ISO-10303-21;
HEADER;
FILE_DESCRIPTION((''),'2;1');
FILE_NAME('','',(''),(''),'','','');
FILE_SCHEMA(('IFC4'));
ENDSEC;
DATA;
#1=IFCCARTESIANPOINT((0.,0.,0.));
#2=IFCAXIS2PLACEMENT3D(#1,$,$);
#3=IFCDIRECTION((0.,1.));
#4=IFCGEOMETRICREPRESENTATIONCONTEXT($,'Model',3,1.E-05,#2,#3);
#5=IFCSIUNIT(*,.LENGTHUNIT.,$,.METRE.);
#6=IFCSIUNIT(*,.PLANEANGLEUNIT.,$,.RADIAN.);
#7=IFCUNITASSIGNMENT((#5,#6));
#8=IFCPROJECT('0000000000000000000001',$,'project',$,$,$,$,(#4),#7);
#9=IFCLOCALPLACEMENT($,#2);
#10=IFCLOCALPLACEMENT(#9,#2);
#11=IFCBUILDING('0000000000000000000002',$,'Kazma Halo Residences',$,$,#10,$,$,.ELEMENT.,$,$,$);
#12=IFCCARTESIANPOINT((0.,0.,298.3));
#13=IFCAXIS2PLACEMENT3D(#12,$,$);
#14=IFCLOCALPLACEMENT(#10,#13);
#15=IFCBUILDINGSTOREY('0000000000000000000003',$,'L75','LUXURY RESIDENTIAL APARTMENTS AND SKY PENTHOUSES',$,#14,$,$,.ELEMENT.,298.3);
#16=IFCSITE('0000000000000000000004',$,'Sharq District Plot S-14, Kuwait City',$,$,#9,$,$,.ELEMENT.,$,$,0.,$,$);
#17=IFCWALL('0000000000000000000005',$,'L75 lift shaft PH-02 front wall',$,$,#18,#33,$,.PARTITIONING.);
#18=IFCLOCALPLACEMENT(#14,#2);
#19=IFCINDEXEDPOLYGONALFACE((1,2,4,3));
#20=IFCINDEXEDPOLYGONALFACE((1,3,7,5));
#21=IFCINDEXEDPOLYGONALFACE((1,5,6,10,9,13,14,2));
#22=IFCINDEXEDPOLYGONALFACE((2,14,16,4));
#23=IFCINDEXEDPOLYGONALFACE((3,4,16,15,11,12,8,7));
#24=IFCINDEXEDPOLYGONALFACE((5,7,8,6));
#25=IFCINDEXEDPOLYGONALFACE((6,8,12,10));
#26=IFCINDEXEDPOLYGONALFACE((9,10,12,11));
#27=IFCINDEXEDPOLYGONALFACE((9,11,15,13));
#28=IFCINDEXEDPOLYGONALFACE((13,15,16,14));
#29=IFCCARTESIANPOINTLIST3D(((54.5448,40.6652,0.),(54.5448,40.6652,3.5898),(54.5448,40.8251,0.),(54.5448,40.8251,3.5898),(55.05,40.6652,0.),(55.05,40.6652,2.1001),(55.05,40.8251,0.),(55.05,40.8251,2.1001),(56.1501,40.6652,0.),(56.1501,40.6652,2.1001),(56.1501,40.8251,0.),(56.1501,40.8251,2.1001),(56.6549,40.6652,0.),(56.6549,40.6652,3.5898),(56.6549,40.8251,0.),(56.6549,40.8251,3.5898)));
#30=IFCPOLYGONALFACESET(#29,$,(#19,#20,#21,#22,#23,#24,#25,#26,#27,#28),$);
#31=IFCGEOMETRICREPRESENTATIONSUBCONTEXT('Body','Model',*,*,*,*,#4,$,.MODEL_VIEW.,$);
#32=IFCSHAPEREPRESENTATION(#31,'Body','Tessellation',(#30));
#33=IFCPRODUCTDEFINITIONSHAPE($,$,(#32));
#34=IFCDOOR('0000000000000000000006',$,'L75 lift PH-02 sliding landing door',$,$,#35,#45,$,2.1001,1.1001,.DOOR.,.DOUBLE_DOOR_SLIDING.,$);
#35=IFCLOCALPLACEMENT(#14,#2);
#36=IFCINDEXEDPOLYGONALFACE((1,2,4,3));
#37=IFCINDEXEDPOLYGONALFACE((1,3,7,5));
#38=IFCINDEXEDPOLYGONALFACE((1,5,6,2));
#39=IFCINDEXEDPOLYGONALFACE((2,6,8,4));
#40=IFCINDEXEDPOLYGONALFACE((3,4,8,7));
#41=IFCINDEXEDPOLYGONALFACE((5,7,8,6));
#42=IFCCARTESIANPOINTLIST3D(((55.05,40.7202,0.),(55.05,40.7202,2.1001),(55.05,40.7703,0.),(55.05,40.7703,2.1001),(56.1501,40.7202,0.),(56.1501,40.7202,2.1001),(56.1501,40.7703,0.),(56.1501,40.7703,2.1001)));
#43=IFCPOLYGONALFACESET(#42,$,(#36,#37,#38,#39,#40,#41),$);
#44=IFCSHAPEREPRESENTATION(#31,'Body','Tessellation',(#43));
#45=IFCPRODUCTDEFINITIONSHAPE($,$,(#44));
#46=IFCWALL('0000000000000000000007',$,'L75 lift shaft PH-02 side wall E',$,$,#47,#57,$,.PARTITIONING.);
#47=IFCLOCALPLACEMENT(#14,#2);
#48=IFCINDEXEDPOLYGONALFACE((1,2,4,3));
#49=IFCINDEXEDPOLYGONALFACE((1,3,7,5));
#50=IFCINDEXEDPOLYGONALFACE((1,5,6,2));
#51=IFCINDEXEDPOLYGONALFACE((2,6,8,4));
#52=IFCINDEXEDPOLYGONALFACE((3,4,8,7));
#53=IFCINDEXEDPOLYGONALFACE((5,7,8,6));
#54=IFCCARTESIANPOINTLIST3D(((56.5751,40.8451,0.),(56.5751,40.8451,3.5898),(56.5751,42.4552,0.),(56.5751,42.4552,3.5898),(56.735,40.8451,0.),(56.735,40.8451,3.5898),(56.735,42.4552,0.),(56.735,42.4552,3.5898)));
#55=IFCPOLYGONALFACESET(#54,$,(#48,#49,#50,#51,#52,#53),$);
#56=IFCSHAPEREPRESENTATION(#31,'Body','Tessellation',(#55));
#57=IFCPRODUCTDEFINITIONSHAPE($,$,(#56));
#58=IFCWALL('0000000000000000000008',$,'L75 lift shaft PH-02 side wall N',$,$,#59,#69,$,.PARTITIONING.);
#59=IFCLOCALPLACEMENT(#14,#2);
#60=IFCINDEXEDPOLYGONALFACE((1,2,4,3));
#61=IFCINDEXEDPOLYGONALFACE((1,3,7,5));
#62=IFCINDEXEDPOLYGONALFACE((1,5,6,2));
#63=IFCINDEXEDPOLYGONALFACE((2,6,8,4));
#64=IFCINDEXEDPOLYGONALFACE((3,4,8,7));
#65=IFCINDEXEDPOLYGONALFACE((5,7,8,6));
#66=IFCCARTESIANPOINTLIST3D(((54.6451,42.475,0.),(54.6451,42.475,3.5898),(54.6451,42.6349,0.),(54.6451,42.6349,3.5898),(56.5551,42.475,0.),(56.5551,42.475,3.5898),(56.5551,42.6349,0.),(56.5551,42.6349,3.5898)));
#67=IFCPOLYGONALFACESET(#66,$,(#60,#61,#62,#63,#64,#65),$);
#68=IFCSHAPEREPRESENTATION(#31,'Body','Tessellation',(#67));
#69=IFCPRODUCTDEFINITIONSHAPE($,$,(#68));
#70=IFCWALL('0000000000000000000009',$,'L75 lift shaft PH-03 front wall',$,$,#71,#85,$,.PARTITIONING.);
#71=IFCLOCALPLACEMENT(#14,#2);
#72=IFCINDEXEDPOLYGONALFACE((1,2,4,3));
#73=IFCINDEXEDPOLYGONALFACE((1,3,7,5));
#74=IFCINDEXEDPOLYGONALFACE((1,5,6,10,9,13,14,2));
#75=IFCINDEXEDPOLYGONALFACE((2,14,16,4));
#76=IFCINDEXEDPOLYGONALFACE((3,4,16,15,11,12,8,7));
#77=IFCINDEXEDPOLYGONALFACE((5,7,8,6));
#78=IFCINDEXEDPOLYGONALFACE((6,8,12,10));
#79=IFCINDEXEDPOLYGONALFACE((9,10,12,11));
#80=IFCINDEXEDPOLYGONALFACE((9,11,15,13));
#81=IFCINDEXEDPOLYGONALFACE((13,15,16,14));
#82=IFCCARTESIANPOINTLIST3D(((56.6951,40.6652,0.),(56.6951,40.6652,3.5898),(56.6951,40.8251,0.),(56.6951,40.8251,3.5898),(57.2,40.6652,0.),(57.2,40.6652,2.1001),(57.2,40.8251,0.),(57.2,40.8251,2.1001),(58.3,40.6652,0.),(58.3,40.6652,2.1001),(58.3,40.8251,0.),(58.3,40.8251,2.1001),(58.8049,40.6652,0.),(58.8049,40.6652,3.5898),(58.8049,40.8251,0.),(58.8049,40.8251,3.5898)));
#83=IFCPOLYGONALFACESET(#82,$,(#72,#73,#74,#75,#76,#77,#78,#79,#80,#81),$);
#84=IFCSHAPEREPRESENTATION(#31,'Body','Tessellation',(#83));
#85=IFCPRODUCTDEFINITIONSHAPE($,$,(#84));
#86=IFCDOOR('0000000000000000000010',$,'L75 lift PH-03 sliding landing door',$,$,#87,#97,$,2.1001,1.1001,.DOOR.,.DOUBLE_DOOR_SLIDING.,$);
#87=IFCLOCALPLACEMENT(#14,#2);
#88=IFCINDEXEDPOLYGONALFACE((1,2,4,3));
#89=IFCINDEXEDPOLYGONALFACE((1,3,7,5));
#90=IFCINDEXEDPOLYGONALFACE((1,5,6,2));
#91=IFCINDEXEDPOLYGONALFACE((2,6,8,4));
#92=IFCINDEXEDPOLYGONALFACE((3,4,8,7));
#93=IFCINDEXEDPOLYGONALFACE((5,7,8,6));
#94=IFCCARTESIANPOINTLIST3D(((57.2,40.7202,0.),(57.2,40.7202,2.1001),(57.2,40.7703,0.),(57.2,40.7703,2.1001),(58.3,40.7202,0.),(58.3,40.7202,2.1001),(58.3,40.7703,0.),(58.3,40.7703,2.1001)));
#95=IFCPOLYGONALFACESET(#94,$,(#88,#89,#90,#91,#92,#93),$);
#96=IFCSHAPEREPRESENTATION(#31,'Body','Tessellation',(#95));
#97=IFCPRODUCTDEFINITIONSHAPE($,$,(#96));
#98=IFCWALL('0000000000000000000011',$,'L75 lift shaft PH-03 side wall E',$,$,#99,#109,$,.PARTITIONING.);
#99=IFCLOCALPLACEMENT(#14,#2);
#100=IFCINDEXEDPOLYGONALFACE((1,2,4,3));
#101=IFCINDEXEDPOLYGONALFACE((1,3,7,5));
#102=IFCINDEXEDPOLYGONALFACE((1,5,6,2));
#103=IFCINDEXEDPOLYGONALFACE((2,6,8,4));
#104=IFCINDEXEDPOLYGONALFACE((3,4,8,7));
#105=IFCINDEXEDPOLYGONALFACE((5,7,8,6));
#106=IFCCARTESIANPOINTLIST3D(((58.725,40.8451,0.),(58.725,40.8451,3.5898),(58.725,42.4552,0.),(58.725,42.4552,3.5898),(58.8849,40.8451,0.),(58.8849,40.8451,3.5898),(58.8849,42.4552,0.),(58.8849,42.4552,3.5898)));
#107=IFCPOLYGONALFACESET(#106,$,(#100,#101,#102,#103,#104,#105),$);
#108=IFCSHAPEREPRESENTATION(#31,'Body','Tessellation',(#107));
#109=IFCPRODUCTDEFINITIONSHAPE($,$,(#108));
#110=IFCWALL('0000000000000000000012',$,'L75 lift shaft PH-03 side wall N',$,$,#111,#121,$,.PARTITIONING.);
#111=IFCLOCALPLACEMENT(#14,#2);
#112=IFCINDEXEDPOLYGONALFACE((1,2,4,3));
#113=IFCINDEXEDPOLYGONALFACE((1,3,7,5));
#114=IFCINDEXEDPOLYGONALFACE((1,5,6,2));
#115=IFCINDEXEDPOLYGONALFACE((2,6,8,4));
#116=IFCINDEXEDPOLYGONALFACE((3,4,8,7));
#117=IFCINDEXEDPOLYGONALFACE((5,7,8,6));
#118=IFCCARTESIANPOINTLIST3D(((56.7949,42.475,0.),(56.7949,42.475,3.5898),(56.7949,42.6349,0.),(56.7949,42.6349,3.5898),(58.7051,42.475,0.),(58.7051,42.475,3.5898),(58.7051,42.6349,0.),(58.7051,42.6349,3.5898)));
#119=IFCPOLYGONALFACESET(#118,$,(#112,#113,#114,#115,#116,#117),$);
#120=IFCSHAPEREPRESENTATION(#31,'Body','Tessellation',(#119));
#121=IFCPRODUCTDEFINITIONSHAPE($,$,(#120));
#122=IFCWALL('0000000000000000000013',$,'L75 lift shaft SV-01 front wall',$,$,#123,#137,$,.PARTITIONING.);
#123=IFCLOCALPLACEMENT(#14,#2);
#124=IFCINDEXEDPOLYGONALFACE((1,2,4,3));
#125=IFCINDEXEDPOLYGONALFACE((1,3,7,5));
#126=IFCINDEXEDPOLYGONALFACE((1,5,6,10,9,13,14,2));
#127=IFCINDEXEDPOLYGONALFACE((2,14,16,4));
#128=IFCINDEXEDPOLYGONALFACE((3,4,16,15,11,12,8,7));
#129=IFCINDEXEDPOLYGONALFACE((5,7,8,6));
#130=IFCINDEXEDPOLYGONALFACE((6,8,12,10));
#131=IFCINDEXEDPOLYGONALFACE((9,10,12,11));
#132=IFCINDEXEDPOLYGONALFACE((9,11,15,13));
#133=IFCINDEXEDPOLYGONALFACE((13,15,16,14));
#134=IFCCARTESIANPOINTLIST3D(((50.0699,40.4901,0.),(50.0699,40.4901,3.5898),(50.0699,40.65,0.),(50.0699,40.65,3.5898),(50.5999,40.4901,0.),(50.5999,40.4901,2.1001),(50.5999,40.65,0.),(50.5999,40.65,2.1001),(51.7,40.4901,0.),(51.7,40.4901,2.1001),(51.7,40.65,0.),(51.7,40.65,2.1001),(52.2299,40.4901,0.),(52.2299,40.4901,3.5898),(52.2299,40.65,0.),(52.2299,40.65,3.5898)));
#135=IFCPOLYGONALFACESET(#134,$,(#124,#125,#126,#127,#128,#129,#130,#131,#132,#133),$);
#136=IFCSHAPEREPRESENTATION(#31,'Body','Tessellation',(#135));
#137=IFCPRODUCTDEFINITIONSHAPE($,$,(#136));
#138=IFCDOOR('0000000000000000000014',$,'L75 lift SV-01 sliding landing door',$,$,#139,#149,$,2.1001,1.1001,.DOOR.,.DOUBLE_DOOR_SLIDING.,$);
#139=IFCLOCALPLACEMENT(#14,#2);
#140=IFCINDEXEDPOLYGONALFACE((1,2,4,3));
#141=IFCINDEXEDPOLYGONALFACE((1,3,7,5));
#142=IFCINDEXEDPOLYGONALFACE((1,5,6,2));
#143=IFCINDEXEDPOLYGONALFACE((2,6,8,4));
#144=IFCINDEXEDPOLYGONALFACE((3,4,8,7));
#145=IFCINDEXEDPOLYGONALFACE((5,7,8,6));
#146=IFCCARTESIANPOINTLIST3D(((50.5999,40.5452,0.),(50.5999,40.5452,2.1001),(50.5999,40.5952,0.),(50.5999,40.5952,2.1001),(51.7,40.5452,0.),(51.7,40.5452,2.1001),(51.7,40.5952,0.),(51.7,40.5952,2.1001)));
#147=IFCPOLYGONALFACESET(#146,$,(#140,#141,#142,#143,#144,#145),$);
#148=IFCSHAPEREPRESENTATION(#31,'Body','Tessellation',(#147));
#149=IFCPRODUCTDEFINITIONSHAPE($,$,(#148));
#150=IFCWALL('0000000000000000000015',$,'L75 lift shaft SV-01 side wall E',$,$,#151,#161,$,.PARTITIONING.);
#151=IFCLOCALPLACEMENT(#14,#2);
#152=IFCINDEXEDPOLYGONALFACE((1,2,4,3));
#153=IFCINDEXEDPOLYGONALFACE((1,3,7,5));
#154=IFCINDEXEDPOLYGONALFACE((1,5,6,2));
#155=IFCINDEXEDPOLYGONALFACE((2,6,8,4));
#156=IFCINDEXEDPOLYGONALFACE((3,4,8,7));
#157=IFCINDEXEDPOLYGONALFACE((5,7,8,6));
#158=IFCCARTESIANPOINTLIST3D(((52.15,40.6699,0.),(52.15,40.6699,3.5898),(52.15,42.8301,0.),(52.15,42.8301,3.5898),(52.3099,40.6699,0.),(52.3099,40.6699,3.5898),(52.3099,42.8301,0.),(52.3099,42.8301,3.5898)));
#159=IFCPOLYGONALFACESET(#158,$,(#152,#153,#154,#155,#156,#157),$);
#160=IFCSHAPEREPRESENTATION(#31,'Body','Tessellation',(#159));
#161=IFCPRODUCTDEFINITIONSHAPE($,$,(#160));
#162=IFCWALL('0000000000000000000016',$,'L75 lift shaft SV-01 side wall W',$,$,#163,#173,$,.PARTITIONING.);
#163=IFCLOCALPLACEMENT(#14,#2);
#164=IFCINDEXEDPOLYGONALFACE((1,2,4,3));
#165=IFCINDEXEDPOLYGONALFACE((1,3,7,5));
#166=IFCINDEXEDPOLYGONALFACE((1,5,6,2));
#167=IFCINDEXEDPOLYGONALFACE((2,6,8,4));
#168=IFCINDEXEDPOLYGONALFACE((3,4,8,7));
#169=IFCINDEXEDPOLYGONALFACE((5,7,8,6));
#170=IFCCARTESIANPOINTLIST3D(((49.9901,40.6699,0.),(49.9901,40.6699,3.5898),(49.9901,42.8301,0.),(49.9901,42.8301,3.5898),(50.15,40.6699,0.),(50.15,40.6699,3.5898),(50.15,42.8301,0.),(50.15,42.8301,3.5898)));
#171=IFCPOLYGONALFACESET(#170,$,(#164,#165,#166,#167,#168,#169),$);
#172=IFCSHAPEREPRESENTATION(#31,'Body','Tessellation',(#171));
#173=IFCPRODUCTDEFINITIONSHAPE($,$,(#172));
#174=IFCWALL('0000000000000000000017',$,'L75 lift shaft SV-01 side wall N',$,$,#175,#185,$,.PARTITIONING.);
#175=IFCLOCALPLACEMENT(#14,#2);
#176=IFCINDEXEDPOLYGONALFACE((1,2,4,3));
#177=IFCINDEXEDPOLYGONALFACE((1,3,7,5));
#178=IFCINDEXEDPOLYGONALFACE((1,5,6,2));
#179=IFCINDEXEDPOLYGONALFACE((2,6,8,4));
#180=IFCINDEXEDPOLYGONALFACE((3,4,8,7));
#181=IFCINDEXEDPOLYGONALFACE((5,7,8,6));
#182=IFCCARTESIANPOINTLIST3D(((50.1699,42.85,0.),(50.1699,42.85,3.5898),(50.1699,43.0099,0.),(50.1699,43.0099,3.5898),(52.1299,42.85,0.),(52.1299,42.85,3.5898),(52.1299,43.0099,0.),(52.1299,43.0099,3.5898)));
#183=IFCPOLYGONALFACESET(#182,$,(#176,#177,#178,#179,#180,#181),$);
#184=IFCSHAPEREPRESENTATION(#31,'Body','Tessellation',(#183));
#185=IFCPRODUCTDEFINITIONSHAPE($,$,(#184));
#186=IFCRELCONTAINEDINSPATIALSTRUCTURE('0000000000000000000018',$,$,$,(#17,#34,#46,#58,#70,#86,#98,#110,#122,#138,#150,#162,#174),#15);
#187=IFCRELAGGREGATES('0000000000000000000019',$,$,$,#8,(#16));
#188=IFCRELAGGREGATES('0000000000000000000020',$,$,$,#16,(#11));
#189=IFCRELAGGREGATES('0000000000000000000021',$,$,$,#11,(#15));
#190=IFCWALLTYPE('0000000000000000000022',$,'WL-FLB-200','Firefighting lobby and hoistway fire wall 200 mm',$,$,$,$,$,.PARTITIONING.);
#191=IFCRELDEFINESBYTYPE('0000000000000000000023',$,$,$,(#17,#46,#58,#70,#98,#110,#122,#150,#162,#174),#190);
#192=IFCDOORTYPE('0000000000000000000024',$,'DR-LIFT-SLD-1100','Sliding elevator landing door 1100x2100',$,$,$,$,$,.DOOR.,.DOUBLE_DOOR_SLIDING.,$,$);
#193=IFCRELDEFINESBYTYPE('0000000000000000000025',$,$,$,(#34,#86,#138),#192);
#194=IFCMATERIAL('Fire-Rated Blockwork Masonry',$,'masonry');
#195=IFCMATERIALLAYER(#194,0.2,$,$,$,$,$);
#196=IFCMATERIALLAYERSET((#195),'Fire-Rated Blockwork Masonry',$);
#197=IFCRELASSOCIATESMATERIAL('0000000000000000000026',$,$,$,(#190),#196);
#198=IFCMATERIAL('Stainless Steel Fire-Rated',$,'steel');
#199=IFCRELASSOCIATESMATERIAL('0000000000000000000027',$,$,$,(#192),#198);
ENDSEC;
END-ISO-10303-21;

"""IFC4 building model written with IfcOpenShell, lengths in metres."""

from ifc_helpers import new_model, si_unit, direction, frame, frame_2d, origin, place, context, subcontext, project, spatial, rectangle, extrude, material, layer, layer_set, type_object, element, fill, save


model = new_model("IFC4")

# Units and contexts
model_context = context("Model", 3, precision=1e-05, world=origin(), true_north=direction((0.0, 1.0)))
body_context = subcontext(model_context, "Body", "Model", "MODEL_VIEW")
ifc_project = project(units=[si_unit("LENGTHUNIT", "METRE"), si_unit("PLANEANGLEUNIT", "RADIAN")], contexts=[model_context])

# Site, building, storey
site_placement = place(None, origin())
site = spatial("IfcSite", under=ifc_project, at=site_placement, Name="Sharq District Plot S-14, Kuwait City", CompositionType="ELEMENT", RefElevation=0.0)
building_placement = place(site_placement, origin())
building = spatial("IfcBuilding", under=site, at=building_placement, Name="Kazma Halo Residences", CompositionType="ELEMENT")
storey_placement = place(building_placement, frame((0.0, 0.0, 298.3)))
storey = spatial("IfcBuildingStorey", under=building, at=storey_placement, Name="L75", Description="LUXURY RESIDENTIAL APARTMENTS AND SKY PENTHOUSES", CompositionType="ELEMENT", Elevation=298.3)

# Shared definitions
ifc_material_1 = material(Name="Fire-Rated Blockwork Masonry", Category="masonry")
ifc_layer_1 = layer(ifc_material_1, 0.2)
ifc_layer_set_1 = layer_set([ifc_layer_1], Name="Fire-Rated Blockwork Masonry")
wall_type_1 = type_object("IfcWallType", Name="WL-FLB-200", Description="Firefighting lobby and hoistway fire wall 200 mm", PredefinedType="PARTITIONING", material=ifc_layer_set_1)
ifc_material_2 = material(Name="Stainless Steel Fire-Rated", Category="steel")
door_type_1 = type_object("IfcDoorType", Name="DR-LIFT-SLD-1100", Description="Sliding elevator landing door 1100x2100", OperationType="DOUBLE_DOOR_SLIDING", PredefinedType="DOOR", material=ifc_material_2)

# Wall, opening, door
wall_1_placement = place(storey_placement, frame((56.655, 40.7451, 0.0), z_axis=(0.0, 0.0, 1.0), x_axis=(-1.0, 0.0, 0.0)))
wall_1 = element("IfcWall", 1, at=wall_1_placement, inside=storey, type_object=wall_type_1, Name="L75 lift shaft PH-02 front wall", PredefinedType="PARTITIONING", context=body_context, shape_type="SweptSolid", body=[
    extrude(rectangle(XDim=2.1101, YDim=0.1599, at=frame_2d((1.0552, 0.0))), origin(), (0.0, 0.0, 1.0), 3.5898),
])
opening_1_placement = place(wall_1_placement, frame((0.5049, 0.0, 0.0)))
opening_1 = element("IfcOpeningElement", 2, at=opening_1_placement, cuts=wall_1, PredefinedType="OPENING", context=body_context, shape_type="SweptSolid", body=[
    extrude(rectangle(XDim=1.1001, YDim=2.1001, at=frame_2d((0.55, 1.05))), frame((0.0, 0.0898, 0.0), z_axis=(0.0, -1.0, 0.0), x_axis=(1.0, 0.0, 0.0)), (0.0, 0.0, 1.0), 0.1799),
])
door_1_placement = place(opening_1_placement, origin())
door_1 = element("IfcDoor", 3, at=door_1_placement, inside=storey, type_object=door_type_1, Name="L75 lift PH-02 sliding landing door", OperationType="DOUBLE_DOOR_SLIDING", OverallHeight=2.1001, OverallWidth=1.1001, PredefinedType="DOOR", context=body_context, shape_type="SweptSolid", body=[
    extrude(rectangle(XDim=1.1001, YDim=2.1001, at=frame_2d((0.55, 1.05))), frame((0.0, 0.0249, 0.0), z_axis=(0.0, -1.0, 0.0), x_axis=(1.0, 0.0, 0.0)), (0.0, 0.0, 1.0), 0.05),
])
fill(opening_1, door_1)

# Walls
wall_2_placement = place(storey_placement, frame((56.655, 40.845, 0.0), z_axis=(0.0, 0.0, 1.0), x_axis=(0.0, 1.0, 0.0)))
element("IfcWall", 4, at=wall_2_placement, inside=storey, type_object=wall_type_1, Name="L75 lift shaft PH-02 side wall E", PredefinedType="PARTITIONING", context=body_context, shape_type="SweptSolid", body=[
    extrude(rectangle(XDim=1.6101, YDim=0.1599, at=frame_2d((0.8052, 0.0))), origin(), (0.0, 0.0, 1.0), 3.5898),
])
wall_3_placement = place(storey_placement, frame((54.645, 42.5549, 0.0), z_axis=(0.0, 0.0, 1.0), x_axis=(1.0, 0.0, 0.0)))
element("IfcWall", 5, at=wall_3_placement, inside=storey, type_object=wall_type_1, Name="L75 lift shaft PH-02 side wall N", PredefinedType="PARTITIONING", context=body_context, shape_type="SweptSolid", body=[
    extrude(rectangle(XDim=1.9099, YDim=0.1599, at=frame_2d((0.9551, 0.0))), origin(), (0.0, 0.0, 1.0), 3.5898),
])

# Wall, opening, door
wall_4_placement = place(storey_placement, frame((58.8049, 40.7451, 0.0), z_axis=(0.0, 0.0, 1.0), x_axis=(-1.0, 0.0, 0.0)))
wall_4 = element("IfcWall", 6, at=wall_4_placement, inside=storey, type_object=wall_type_1, Name="L75 lift shaft PH-03 front wall", PredefinedType="PARTITIONING", context=body_context, shape_type="SweptSolid", body=[
    extrude(rectangle(XDim=2.1099, YDim=0.1599, at=frame_2d((1.0549, 0.0))), origin(), (0.0, 0.0, 1.0), 3.5898),
])
opening_2_placement = place(wall_4_placement, frame((0.5049, 0.0, 0.0)))
opening_2 = element("IfcOpeningElement", 7, at=opening_2_placement, cuts=wall_4, PredefinedType="OPENING", context=body_context, shape_type="SweptSolid", body=[
    extrude(rectangle(XDim=1.1001, YDim=2.1001, at=frame_2d((0.55, 1.05))), frame((0.0, 0.0898, 0.0), z_axis=(0.0, -1.0, 0.0), x_axis=(1.0, 0.0, 0.0)), (0.0, 0.0, 1.0), 0.1799),
])
door_2_placement = place(opening_2_placement, origin())
door_2 = element("IfcDoor", 8, at=door_2_placement, inside=storey, type_object=door_type_1, Name="L75 lift PH-03 sliding landing door", OperationType="DOUBLE_DOOR_SLIDING", OverallHeight=2.1001, OverallWidth=1.1001, PredefinedType="DOOR", context=body_context, shape_type="SweptSolid", body=[
    extrude(rectangle(XDim=1.1001, YDim=2.1001, at=frame_2d((0.55, 1.05))), frame((0.0, 0.0249, 0.0), z_axis=(0.0, -1.0, 0.0), x_axis=(1.0, 0.0, 0.0)), (0.0, 0.0, 1.0), 0.05),
])
fill(opening_2, door_2)

# Walls
wall_5_placement = place(storey_placement, frame((58.8049, 40.845, 0.0), z_axis=(0.0, 0.0, 1.0), x_axis=(0.0, 1.0, 0.0)))
element("IfcWall", 9, at=wall_5_placement, inside=storey, type_object=wall_type_1, Name="L75 lift shaft PH-03 side wall E", PredefinedType="PARTITIONING", context=body_context, shape_type="SweptSolid", body=[
    extrude(rectangle(XDim=1.6101, YDim=0.1599, at=frame_2d((0.8052, 0.0))), origin(), (0.0, 0.0, 1.0), 3.5898),
])
wall_6_placement = place(storey_placement, frame((56.7949, 42.5549, 0.0), z_axis=(0.0, 0.0, 1.0), x_axis=(1.0, 0.0, 0.0)))
element("IfcWall", 10, at=wall_6_placement, inside=storey, type_object=wall_type_1, Name="L75 lift shaft PH-03 side wall N", PredefinedType="PARTITIONING", context=body_context, shape_type="SweptSolid", body=[
    extrude(rectangle(XDim=1.9102, YDim=0.1599, at=frame_2d((0.9551, 0.0))), origin(), (0.0, 0.0, 1.0), 3.5898),
])

# Wall, opening, door
wall_7_placement = place(storey_placement, frame((52.23, 40.5701, 0.0), z_axis=(0.0, 0.0, 1.0), x_axis=(-1.0, 0.0, 0.0)))
wall_7 = element("IfcWall", 11, at=wall_7_placement, inside=storey, type_object=wall_type_1, Name="L75 lift shaft SV-01 front wall", PredefinedType="PARTITIONING", context=body_context, shape_type="SweptSolid", body=[
    extrude(rectangle(XDim=2.1599, YDim=0.1599, at=frame_2d((1.0801, 0.0))), origin(), (0.0, 0.0, 1.0), 3.5898),
])
opening_3_placement = place(wall_7_placement, frame((0.53, 0.0, 0.0)))
opening_3 = element("IfcOpeningElement", 12, at=opening_3_placement, cuts=wall_7, PredefinedType="OPENING", context=body_context, shape_type="SweptSolid", body=[
    extrude(rectangle(XDim=1.1001, YDim=2.1001, at=frame_2d((0.55, 1.05))), frame((0.0, 0.0898, 0.0), z_axis=(0.0, -1.0, 0.0), x_axis=(1.0, 0.0, 0.0)), (0.0, 0.0, 1.0), 0.1799),
])
door_3_placement = place(opening_3_placement, origin())
door_3 = element("IfcDoor", 13, at=door_3_placement, inside=storey, type_object=door_type_1, Name="L75 lift SV-01 sliding landing door", OperationType="DOUBLE_DOOR_SLIDING", OverallHeight=2.1001, OverallWidth=1.1001, PredefinedType="DOOR", context=body_context, shape_type="SweptSolid", body=[
    extrude(rectangle(XDim=1.1001, YDim=2.1001, at=frame_2d((0.55, 1.05))), frame((0.0, 0.0249, 0.0), z_axis=(0.0, -1.0, 0.0), x_axis=(1.0, 0.0, 0.0)), (0.0, 0.0, 1.0), 0.05),
])
fill(opening_3, door_3)

# Walls
for number, where, z_axis, x_axis, name in (
    (14, (52.23, 40.6699, 0.0), (0.0, 0.0, 1.0), (0.0, 1.0, 0.0), "L75 lift shaft SV-01 side wall E"),
    (15, (50.0701, 40.6699, 0.0), (0.0, 0.0, 1.0), (0.0, 1.0, 0.0), "L75 lift shaft SV-01 side wall W"),
):
    element("IfcWall", number, at=place(storey_placement, frame(where, z_axis=z_axis, x_axis=x_axis)), inside=storey, type_object=wall_type_1, Name=name, PredefinedType="PARTITIONING", context=body_context, shape_type="SweptSolid", body=[
        extrude(rectangle(XDim=2.1602, YDim=0.1599, at=frame_2d((1.0801, 0.0))), origin(), (0.0, 0.0, 1.0), 3.5898),
    ])
wall_8_placement = place(storey_placement, frame((50.1699, 42.9299, 0.0), z_axis=(0.0, 0.0, 1.0), x_axis=(1.0, 0.0, 0.0)))
element("IfcWall", 16, at=wall_8_placement, inside=storey, type_object=wall_type_1, Name="L75 lift shaft SV-01 side wall N", PredefinedType="PARTITIONING", context=body_context, shape_type="SweptSolid", body=[
    extrude(rectangle(XDim=1.96, YDim=0.1599, at=frame_2d((0.98, 0.0))), origin(), (0.0, 0.0, 1.0), 3.5898),
])

save(model, "model.ifc")
